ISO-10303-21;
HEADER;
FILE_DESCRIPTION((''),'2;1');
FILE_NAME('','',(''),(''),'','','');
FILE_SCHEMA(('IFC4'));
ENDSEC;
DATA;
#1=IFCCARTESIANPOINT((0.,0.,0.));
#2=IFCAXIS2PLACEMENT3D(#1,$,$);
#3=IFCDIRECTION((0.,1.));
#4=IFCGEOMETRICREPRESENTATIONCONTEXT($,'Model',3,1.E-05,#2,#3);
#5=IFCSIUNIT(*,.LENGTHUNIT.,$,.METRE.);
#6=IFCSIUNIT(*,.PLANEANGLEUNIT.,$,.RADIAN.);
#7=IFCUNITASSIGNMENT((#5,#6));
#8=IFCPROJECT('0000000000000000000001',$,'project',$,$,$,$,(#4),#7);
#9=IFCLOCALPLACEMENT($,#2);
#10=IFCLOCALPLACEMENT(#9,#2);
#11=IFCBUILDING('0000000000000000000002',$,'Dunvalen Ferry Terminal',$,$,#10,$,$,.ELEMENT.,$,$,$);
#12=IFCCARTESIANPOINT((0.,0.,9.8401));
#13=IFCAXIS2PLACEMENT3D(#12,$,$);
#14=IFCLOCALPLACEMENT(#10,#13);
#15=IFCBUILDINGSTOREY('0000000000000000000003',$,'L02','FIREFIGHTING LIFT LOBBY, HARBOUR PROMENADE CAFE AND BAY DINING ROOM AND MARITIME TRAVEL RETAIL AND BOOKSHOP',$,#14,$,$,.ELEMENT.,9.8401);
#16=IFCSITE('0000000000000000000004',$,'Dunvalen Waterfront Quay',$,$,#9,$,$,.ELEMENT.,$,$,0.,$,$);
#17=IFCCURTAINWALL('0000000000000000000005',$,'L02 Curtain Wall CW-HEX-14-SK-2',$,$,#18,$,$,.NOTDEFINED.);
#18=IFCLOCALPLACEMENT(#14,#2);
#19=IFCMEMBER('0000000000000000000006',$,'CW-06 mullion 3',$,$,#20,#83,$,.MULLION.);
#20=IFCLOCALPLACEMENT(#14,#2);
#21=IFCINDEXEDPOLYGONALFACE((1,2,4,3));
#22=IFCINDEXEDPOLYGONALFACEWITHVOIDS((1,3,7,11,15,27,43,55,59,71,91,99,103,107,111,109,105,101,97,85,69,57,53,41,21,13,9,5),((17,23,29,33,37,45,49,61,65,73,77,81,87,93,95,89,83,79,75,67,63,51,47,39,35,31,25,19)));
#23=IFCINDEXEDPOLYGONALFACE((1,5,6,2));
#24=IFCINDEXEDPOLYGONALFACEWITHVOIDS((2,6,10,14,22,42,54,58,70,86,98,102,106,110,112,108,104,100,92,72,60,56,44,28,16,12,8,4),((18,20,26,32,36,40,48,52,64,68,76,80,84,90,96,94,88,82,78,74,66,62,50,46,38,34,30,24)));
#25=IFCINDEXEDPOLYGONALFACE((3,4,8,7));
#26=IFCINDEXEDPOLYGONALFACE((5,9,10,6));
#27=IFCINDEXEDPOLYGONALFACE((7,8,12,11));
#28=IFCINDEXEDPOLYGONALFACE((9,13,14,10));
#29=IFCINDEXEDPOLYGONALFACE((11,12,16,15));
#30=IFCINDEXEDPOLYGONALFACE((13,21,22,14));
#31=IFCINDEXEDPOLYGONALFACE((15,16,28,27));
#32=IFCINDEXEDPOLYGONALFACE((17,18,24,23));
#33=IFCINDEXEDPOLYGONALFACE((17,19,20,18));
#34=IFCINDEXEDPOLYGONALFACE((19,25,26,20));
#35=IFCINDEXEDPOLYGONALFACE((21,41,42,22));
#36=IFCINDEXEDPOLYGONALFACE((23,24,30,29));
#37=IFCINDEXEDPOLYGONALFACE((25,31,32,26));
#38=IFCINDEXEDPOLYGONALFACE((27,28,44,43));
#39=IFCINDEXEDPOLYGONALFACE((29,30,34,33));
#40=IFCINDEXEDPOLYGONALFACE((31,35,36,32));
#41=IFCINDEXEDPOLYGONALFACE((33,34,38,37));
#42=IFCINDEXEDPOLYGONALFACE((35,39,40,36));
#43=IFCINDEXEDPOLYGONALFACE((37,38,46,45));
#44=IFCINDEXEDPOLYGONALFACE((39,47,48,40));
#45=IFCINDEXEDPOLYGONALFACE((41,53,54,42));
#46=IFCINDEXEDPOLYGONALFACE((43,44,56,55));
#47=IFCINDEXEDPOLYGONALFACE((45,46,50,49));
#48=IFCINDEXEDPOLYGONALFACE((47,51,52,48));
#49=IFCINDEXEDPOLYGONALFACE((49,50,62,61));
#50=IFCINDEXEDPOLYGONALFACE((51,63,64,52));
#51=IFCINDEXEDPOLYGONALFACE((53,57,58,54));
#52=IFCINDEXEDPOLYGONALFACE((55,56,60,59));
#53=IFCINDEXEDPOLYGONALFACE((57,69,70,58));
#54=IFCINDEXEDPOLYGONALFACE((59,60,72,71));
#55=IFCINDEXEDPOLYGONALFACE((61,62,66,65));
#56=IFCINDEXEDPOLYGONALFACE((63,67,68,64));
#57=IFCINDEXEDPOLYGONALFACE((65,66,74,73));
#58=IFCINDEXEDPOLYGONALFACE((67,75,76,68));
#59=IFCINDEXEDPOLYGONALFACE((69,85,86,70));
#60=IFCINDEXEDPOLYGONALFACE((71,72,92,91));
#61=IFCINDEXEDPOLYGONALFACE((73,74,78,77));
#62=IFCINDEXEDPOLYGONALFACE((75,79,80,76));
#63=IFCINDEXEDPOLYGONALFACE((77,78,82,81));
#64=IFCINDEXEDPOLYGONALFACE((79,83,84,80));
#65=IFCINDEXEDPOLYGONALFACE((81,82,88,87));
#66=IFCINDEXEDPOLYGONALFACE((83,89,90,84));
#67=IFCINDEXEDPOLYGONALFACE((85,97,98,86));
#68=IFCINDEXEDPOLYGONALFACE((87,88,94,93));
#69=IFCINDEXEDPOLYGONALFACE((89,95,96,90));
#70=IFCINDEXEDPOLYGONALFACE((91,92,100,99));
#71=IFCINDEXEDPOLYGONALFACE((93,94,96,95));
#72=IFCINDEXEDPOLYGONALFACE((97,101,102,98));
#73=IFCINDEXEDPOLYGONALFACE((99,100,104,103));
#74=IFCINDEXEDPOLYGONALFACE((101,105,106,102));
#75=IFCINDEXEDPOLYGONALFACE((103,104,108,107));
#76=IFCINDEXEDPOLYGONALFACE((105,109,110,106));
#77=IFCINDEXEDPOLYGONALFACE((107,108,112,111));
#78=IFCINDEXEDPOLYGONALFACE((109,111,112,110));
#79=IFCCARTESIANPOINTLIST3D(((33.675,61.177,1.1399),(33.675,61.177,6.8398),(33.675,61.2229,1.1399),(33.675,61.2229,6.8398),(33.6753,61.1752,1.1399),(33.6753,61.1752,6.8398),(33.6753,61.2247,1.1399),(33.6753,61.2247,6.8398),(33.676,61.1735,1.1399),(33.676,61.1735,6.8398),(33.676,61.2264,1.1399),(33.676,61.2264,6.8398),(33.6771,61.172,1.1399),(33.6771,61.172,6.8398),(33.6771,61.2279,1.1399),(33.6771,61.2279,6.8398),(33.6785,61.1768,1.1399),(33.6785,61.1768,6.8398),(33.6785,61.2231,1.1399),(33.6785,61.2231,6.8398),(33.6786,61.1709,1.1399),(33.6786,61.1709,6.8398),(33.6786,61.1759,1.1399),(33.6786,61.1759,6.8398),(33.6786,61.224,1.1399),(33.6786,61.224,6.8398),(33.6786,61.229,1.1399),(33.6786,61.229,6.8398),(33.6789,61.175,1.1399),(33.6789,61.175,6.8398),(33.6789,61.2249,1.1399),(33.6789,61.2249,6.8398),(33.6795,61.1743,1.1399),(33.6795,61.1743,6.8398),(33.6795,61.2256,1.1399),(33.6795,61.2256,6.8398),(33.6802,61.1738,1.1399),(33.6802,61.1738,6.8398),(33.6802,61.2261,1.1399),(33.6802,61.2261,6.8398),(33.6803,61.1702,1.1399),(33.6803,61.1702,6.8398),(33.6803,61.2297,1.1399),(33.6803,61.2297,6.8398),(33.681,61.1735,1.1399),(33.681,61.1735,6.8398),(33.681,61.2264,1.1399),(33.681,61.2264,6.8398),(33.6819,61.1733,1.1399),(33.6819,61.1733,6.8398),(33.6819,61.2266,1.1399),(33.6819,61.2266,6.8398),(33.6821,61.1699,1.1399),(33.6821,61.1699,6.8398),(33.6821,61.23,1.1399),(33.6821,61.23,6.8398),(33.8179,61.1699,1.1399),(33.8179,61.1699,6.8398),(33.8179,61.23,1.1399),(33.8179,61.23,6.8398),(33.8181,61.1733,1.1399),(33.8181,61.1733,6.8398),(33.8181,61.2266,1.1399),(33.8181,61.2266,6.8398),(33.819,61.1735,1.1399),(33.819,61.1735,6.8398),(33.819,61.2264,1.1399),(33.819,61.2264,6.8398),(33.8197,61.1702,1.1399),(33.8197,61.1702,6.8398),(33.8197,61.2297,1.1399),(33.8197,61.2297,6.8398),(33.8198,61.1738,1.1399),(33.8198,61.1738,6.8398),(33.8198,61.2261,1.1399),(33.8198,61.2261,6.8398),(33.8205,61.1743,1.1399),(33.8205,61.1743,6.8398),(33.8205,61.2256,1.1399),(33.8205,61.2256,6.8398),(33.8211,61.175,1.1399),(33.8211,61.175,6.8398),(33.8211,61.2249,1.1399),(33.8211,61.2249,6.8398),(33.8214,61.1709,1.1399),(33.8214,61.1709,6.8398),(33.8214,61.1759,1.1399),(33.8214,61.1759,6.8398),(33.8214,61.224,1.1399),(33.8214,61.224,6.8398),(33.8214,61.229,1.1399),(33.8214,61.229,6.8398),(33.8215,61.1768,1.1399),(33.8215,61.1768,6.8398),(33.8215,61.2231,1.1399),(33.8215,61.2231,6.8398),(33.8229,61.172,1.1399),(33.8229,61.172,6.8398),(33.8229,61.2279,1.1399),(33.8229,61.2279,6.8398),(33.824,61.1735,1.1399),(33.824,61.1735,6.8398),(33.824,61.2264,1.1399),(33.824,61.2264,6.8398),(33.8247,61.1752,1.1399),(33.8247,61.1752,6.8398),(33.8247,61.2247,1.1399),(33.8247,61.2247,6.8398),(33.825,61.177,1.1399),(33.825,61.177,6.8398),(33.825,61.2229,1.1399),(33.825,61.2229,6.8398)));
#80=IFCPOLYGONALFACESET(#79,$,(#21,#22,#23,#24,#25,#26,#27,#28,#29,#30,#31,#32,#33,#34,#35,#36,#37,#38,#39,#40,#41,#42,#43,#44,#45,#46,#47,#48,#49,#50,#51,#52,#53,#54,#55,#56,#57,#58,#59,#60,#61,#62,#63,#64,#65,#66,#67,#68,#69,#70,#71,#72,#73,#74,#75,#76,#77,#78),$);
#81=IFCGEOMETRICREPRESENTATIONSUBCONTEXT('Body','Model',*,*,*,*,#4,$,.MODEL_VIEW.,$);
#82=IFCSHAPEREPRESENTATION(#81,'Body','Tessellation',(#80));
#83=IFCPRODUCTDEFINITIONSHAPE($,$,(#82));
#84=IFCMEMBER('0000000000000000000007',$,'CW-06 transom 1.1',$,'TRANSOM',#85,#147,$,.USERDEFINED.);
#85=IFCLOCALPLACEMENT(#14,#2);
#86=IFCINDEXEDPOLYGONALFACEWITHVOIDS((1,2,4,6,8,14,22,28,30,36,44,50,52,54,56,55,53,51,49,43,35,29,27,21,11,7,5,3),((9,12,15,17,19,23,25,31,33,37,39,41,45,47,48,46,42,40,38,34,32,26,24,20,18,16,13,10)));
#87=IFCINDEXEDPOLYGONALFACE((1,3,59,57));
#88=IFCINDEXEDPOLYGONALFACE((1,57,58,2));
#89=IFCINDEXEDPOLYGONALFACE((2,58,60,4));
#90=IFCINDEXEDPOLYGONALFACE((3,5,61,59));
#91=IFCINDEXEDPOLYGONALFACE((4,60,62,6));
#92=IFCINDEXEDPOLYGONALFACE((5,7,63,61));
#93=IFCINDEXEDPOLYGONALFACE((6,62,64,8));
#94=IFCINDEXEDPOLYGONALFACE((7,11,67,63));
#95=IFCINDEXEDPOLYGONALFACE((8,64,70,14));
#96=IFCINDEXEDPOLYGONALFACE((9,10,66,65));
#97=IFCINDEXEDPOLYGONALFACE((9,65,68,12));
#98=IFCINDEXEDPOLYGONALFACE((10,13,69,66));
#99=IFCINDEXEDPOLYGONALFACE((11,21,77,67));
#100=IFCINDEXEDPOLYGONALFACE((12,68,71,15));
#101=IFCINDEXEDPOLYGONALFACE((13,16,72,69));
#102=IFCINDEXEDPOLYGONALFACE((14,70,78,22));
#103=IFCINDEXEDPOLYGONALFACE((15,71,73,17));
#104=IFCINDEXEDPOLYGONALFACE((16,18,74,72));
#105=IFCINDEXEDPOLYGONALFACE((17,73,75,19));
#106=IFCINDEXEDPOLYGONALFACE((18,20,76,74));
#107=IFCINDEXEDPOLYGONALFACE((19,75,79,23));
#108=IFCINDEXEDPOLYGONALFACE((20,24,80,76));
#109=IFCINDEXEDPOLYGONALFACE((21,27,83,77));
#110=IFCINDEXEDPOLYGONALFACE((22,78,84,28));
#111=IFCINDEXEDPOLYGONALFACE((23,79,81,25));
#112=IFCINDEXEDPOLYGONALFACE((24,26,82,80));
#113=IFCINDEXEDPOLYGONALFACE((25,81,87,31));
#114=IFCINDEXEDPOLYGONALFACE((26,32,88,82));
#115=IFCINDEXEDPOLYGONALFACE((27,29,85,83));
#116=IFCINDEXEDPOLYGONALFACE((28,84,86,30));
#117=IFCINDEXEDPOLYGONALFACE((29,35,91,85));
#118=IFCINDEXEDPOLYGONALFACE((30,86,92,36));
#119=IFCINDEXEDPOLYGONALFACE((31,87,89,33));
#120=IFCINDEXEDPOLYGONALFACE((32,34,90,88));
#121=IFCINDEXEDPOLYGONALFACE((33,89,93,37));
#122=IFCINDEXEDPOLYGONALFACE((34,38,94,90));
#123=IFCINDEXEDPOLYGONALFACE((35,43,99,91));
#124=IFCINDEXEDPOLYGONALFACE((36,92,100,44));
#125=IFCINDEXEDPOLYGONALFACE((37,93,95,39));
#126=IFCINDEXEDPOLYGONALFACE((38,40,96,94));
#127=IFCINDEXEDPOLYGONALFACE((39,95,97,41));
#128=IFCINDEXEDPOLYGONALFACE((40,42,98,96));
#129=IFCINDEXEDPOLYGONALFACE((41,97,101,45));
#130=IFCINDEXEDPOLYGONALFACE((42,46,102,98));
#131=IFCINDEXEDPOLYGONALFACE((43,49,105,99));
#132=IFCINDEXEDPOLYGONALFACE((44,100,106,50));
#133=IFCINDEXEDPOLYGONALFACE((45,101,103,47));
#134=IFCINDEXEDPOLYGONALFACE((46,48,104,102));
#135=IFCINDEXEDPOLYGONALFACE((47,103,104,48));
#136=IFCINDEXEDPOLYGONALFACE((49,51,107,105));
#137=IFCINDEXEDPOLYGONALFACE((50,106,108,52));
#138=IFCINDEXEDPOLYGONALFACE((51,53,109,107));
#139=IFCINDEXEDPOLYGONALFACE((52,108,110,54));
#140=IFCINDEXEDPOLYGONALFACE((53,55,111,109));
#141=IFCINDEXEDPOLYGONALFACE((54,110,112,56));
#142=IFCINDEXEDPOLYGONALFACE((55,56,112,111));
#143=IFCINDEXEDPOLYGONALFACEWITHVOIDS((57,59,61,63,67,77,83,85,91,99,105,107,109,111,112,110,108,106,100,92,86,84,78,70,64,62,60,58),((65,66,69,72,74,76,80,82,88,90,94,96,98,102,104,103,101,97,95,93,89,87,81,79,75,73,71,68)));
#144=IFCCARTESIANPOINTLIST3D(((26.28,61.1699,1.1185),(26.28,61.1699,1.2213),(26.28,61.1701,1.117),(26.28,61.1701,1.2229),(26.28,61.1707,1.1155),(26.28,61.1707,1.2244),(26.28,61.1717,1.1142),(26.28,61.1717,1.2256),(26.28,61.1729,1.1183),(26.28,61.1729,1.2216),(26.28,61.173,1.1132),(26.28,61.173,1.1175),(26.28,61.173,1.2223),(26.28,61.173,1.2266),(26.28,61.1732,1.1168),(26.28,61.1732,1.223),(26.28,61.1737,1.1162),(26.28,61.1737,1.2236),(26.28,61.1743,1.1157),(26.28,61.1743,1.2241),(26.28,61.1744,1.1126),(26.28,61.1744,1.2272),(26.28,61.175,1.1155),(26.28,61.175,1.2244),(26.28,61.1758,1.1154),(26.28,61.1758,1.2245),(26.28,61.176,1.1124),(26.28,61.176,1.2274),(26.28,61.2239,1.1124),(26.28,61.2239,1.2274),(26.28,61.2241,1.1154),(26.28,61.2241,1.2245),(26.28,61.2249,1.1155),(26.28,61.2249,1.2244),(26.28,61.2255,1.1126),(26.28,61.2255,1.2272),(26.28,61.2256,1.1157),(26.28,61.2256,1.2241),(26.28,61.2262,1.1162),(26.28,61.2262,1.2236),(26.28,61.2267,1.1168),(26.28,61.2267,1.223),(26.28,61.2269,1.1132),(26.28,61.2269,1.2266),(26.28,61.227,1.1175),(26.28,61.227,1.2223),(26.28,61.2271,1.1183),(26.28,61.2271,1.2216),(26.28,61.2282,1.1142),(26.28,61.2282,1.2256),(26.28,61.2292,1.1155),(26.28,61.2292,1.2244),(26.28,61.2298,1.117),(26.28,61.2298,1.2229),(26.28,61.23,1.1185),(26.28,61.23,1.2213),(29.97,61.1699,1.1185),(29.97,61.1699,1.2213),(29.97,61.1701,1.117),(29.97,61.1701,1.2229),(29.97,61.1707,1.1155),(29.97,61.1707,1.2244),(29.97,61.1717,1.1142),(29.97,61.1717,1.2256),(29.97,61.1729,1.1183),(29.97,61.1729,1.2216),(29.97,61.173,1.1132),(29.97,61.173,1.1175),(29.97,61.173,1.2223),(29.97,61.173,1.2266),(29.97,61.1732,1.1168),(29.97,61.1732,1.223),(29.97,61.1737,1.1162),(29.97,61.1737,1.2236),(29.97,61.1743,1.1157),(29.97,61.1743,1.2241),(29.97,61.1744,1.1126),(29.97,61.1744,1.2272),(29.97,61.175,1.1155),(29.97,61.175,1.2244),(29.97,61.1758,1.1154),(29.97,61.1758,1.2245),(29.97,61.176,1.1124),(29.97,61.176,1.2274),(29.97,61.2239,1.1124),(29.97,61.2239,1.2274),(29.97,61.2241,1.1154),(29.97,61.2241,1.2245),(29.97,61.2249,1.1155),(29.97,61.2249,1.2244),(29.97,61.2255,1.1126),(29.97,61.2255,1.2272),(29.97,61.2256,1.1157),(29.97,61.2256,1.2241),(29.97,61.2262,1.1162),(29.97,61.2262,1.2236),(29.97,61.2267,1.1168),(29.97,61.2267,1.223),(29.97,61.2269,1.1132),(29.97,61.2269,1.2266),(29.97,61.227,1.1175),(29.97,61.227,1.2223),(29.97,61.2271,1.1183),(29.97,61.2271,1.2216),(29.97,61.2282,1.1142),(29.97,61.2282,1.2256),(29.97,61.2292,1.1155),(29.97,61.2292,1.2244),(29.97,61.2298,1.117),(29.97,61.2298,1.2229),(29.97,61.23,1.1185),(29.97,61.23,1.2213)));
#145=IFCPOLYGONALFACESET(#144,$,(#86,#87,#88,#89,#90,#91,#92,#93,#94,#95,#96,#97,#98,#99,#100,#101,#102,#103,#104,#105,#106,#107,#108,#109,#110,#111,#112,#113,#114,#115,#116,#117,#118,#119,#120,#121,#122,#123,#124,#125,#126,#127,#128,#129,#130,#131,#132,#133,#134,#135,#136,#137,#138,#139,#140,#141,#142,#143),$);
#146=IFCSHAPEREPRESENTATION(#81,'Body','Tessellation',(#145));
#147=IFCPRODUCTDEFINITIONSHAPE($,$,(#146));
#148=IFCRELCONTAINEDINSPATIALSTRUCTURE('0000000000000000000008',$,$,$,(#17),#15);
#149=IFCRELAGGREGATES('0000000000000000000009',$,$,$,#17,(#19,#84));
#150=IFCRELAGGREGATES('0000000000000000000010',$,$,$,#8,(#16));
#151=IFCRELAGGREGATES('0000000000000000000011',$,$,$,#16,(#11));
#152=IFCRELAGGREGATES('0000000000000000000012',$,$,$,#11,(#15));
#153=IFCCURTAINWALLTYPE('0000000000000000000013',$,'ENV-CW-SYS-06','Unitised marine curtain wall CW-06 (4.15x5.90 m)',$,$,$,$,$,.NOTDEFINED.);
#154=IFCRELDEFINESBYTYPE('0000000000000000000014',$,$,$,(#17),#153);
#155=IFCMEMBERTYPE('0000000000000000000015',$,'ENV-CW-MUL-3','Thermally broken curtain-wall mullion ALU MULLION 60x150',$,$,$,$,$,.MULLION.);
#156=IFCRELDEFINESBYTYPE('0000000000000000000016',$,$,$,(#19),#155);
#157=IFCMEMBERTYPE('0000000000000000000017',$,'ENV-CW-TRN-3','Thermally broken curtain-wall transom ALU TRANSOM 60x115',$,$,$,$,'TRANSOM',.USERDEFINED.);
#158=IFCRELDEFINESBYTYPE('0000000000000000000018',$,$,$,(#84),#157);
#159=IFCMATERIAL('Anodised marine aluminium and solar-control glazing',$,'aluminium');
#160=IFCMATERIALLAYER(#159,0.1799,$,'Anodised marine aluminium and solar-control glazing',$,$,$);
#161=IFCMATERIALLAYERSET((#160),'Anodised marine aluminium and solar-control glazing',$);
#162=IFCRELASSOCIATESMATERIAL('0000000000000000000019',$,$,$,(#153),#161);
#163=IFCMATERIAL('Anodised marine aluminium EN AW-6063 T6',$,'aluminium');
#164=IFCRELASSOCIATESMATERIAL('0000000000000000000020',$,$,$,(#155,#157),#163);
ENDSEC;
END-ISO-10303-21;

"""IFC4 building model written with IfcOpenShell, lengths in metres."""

from ifc_helpers import new_model, si_unit, direction, frame, origin, origin_2d, place, context, subcontext, project, spatial, hollow_rectangle, extrude, material, layer, layer_set, material_profile, profile_set, type_object, element, aggregate, save


model = new_model("IFC4")

# Units and contexts
model_context = context("Model", 3, precision=1e-05, world=origin(), true_north=direction((0.0, 1.0)))
body_context = subcontext(model_context, "Body", "Model", "MODEL_VIEW")
ifc_project = project(units=[si_unit("LENGTHUNIT", "METRE"), si_unit("PLANEANGLEUNIT", "RADIAN")], contexts=[model_context])

# Site, building, storey
site_placement = place(None, origin())
site = spatial("IfcSite", under=ifc_project, at=site_placement, Name="Dunvalen Waterfront Quay", CompositionType="ELEMENT", RefElevation=0.0)
building_placement = place(site_placement, origin())
building = spatial("IfcBuilding", under=site, at=building_placement, Name="Dunvalen Ferry Terminal", CompositionType="ELEMENT")
storey_placement = place(building_placement, frame((0.0, 0.0, 9.8401)))
storey = spatial("IfcBuildingStorey", under=building, at=storey_placement, Name="L02", Description="FIREFIGHTING LIFT LOBBY, HARBOUR PROMENADE CAFE AND BAY DINING ROOM AND MARITIME TRAVEL RETAIL AND BOOKSHOP", CompositionType="ELEMENT", Elevation=9.8401)

# Curtain wall, members
ifc_material_1 = material(Name="Anodised marine aluminium and solar-control glazing", Category="aluminium")
ifc_layer_1 = layer(ifc_material_1, 0.1799, Name="Anodised marine aluminium and solar-control glazing")
ifc_layer_set_1 = layer_set([ifc_layer_1], Name="Anodised marine aluminium and solar-control glazing")
curtain_wall_type = type_object("IfcCurtainWallType", Name="ENV-CW-SYS-06", Description="Unitised marine curtain wall CW-06 (4.15x5.90 m)", PredefinedType="NOTDEFINED", material=ifc_layer_set_1)
curtain_wall_placement = place(storey_placement, origin())
curtain_wall = element("IfcCurtainWall", 1, at=curtain_wall_placement, inside=storey, type_object=curtain_wall_type, Name="L02 Curtain Wall CW-HEX-14-SK-2", PredefinedType="NOTDEFINED")
ifc_material_2 = material(Name="Anodised marine aluminium EN AW-6063 T6", Category="aluminium")
ifc_material_profile_1 = material_profile(ifc_material_2, hollow_rectangle(XDim=0.0601, YDim=0.1499, WallThickness=0.0034, InnerFilletRadius=0.0034, OuterFilletRadius=0.0071, at=origin_2d()), Name="Anodised marine aluminium EN AW-6063 T6")
ifc_profile_set_1 = profile_set([ifc_material_profile_1], Name="Anodised marine aluminium EN AW-6063 T6")
member_type_1 = type_object("IfcMemberType", Name="ENV-CW-MUL-3", Description="Thermally broken curtain-wall mullion ALU MULLION 60x150", PredefinedType="MULLION", material=ifc_profile_set_1)
member_1_placement = place(storey_placement, frame((33.75, 61.2, 1.1399), z_axis=(0.0, 0.0, 1.0), x_axis=(0.0, 1.0, 0.0)))
member_1 = element("IfcMember", 2, at=member_1_placement, type_object=member_type_1, Name="CW-06 mullion 3", PredefinedType="MULLION", context=body_context, shape_type="SweptSolid", body=[
    extrude(hollow_rectangle(XDim=0.0601, YDim=0.1499, WallThickness=0.0034, InnerFilletRadius=0.0034, OuterFilletRadius=0.0071, at=origin_2d()), origin(), (0.0, 0.0, 1.0), 5.7),
])
ifc_material_profile_2 = material_profile(ifc_material_2, hollow_rectangle(XDim=0.0601, YDim=0.115, WallThickness=0.0029, InnerFilletRadius=0.0029, OuterFilletRadius=0.0061, at=origin_2d()), Name="Anodised marine aluminium EN AW-6063 T6")
ifc_profile_set_2 = profile_set([ifc_material_profile_2], Name="Anodised marine aluminium EN AW-6063 T6")
member_type_2 = type_object("IfcMemberType", Name="ENV-CW-TRN-3", Description="Thermally broken curtain-wall transom ALU TRANSOM 60x115", ElementType="TRANSOM", PredefinedType="USERDEFINED", material=ifc_profile_set_2)
member_2_placement = place(storey_placement, frame((26.28, 61.2, 1.1699), z_axis=(1.0, 0.0, 0.0), x_axis=(0.0, 1.0, 0.0)))
member_2 = element("IfcMember", 3, at=member_2_placement, type_object=member_type_2, Name="CW-06 transom 1.1", ObjectType="TRANSOM", PredefinedType="USERDEFINED", context=body_context, shape_type="SweptSolid", body=[
    extrude(hollow_rectangle(XDim=0.0601, YDim=0.115, WallThickness=0.0029, InnerFilletRadius=0.0029, OuterFilletRadius=0.0061, at=origin_2d()), origin(), (0.0, 0.0, 1.0), 3.6899),
])

aggregate(curtain_wall, [member_1, member_2])

save(model, "model.ifc")
